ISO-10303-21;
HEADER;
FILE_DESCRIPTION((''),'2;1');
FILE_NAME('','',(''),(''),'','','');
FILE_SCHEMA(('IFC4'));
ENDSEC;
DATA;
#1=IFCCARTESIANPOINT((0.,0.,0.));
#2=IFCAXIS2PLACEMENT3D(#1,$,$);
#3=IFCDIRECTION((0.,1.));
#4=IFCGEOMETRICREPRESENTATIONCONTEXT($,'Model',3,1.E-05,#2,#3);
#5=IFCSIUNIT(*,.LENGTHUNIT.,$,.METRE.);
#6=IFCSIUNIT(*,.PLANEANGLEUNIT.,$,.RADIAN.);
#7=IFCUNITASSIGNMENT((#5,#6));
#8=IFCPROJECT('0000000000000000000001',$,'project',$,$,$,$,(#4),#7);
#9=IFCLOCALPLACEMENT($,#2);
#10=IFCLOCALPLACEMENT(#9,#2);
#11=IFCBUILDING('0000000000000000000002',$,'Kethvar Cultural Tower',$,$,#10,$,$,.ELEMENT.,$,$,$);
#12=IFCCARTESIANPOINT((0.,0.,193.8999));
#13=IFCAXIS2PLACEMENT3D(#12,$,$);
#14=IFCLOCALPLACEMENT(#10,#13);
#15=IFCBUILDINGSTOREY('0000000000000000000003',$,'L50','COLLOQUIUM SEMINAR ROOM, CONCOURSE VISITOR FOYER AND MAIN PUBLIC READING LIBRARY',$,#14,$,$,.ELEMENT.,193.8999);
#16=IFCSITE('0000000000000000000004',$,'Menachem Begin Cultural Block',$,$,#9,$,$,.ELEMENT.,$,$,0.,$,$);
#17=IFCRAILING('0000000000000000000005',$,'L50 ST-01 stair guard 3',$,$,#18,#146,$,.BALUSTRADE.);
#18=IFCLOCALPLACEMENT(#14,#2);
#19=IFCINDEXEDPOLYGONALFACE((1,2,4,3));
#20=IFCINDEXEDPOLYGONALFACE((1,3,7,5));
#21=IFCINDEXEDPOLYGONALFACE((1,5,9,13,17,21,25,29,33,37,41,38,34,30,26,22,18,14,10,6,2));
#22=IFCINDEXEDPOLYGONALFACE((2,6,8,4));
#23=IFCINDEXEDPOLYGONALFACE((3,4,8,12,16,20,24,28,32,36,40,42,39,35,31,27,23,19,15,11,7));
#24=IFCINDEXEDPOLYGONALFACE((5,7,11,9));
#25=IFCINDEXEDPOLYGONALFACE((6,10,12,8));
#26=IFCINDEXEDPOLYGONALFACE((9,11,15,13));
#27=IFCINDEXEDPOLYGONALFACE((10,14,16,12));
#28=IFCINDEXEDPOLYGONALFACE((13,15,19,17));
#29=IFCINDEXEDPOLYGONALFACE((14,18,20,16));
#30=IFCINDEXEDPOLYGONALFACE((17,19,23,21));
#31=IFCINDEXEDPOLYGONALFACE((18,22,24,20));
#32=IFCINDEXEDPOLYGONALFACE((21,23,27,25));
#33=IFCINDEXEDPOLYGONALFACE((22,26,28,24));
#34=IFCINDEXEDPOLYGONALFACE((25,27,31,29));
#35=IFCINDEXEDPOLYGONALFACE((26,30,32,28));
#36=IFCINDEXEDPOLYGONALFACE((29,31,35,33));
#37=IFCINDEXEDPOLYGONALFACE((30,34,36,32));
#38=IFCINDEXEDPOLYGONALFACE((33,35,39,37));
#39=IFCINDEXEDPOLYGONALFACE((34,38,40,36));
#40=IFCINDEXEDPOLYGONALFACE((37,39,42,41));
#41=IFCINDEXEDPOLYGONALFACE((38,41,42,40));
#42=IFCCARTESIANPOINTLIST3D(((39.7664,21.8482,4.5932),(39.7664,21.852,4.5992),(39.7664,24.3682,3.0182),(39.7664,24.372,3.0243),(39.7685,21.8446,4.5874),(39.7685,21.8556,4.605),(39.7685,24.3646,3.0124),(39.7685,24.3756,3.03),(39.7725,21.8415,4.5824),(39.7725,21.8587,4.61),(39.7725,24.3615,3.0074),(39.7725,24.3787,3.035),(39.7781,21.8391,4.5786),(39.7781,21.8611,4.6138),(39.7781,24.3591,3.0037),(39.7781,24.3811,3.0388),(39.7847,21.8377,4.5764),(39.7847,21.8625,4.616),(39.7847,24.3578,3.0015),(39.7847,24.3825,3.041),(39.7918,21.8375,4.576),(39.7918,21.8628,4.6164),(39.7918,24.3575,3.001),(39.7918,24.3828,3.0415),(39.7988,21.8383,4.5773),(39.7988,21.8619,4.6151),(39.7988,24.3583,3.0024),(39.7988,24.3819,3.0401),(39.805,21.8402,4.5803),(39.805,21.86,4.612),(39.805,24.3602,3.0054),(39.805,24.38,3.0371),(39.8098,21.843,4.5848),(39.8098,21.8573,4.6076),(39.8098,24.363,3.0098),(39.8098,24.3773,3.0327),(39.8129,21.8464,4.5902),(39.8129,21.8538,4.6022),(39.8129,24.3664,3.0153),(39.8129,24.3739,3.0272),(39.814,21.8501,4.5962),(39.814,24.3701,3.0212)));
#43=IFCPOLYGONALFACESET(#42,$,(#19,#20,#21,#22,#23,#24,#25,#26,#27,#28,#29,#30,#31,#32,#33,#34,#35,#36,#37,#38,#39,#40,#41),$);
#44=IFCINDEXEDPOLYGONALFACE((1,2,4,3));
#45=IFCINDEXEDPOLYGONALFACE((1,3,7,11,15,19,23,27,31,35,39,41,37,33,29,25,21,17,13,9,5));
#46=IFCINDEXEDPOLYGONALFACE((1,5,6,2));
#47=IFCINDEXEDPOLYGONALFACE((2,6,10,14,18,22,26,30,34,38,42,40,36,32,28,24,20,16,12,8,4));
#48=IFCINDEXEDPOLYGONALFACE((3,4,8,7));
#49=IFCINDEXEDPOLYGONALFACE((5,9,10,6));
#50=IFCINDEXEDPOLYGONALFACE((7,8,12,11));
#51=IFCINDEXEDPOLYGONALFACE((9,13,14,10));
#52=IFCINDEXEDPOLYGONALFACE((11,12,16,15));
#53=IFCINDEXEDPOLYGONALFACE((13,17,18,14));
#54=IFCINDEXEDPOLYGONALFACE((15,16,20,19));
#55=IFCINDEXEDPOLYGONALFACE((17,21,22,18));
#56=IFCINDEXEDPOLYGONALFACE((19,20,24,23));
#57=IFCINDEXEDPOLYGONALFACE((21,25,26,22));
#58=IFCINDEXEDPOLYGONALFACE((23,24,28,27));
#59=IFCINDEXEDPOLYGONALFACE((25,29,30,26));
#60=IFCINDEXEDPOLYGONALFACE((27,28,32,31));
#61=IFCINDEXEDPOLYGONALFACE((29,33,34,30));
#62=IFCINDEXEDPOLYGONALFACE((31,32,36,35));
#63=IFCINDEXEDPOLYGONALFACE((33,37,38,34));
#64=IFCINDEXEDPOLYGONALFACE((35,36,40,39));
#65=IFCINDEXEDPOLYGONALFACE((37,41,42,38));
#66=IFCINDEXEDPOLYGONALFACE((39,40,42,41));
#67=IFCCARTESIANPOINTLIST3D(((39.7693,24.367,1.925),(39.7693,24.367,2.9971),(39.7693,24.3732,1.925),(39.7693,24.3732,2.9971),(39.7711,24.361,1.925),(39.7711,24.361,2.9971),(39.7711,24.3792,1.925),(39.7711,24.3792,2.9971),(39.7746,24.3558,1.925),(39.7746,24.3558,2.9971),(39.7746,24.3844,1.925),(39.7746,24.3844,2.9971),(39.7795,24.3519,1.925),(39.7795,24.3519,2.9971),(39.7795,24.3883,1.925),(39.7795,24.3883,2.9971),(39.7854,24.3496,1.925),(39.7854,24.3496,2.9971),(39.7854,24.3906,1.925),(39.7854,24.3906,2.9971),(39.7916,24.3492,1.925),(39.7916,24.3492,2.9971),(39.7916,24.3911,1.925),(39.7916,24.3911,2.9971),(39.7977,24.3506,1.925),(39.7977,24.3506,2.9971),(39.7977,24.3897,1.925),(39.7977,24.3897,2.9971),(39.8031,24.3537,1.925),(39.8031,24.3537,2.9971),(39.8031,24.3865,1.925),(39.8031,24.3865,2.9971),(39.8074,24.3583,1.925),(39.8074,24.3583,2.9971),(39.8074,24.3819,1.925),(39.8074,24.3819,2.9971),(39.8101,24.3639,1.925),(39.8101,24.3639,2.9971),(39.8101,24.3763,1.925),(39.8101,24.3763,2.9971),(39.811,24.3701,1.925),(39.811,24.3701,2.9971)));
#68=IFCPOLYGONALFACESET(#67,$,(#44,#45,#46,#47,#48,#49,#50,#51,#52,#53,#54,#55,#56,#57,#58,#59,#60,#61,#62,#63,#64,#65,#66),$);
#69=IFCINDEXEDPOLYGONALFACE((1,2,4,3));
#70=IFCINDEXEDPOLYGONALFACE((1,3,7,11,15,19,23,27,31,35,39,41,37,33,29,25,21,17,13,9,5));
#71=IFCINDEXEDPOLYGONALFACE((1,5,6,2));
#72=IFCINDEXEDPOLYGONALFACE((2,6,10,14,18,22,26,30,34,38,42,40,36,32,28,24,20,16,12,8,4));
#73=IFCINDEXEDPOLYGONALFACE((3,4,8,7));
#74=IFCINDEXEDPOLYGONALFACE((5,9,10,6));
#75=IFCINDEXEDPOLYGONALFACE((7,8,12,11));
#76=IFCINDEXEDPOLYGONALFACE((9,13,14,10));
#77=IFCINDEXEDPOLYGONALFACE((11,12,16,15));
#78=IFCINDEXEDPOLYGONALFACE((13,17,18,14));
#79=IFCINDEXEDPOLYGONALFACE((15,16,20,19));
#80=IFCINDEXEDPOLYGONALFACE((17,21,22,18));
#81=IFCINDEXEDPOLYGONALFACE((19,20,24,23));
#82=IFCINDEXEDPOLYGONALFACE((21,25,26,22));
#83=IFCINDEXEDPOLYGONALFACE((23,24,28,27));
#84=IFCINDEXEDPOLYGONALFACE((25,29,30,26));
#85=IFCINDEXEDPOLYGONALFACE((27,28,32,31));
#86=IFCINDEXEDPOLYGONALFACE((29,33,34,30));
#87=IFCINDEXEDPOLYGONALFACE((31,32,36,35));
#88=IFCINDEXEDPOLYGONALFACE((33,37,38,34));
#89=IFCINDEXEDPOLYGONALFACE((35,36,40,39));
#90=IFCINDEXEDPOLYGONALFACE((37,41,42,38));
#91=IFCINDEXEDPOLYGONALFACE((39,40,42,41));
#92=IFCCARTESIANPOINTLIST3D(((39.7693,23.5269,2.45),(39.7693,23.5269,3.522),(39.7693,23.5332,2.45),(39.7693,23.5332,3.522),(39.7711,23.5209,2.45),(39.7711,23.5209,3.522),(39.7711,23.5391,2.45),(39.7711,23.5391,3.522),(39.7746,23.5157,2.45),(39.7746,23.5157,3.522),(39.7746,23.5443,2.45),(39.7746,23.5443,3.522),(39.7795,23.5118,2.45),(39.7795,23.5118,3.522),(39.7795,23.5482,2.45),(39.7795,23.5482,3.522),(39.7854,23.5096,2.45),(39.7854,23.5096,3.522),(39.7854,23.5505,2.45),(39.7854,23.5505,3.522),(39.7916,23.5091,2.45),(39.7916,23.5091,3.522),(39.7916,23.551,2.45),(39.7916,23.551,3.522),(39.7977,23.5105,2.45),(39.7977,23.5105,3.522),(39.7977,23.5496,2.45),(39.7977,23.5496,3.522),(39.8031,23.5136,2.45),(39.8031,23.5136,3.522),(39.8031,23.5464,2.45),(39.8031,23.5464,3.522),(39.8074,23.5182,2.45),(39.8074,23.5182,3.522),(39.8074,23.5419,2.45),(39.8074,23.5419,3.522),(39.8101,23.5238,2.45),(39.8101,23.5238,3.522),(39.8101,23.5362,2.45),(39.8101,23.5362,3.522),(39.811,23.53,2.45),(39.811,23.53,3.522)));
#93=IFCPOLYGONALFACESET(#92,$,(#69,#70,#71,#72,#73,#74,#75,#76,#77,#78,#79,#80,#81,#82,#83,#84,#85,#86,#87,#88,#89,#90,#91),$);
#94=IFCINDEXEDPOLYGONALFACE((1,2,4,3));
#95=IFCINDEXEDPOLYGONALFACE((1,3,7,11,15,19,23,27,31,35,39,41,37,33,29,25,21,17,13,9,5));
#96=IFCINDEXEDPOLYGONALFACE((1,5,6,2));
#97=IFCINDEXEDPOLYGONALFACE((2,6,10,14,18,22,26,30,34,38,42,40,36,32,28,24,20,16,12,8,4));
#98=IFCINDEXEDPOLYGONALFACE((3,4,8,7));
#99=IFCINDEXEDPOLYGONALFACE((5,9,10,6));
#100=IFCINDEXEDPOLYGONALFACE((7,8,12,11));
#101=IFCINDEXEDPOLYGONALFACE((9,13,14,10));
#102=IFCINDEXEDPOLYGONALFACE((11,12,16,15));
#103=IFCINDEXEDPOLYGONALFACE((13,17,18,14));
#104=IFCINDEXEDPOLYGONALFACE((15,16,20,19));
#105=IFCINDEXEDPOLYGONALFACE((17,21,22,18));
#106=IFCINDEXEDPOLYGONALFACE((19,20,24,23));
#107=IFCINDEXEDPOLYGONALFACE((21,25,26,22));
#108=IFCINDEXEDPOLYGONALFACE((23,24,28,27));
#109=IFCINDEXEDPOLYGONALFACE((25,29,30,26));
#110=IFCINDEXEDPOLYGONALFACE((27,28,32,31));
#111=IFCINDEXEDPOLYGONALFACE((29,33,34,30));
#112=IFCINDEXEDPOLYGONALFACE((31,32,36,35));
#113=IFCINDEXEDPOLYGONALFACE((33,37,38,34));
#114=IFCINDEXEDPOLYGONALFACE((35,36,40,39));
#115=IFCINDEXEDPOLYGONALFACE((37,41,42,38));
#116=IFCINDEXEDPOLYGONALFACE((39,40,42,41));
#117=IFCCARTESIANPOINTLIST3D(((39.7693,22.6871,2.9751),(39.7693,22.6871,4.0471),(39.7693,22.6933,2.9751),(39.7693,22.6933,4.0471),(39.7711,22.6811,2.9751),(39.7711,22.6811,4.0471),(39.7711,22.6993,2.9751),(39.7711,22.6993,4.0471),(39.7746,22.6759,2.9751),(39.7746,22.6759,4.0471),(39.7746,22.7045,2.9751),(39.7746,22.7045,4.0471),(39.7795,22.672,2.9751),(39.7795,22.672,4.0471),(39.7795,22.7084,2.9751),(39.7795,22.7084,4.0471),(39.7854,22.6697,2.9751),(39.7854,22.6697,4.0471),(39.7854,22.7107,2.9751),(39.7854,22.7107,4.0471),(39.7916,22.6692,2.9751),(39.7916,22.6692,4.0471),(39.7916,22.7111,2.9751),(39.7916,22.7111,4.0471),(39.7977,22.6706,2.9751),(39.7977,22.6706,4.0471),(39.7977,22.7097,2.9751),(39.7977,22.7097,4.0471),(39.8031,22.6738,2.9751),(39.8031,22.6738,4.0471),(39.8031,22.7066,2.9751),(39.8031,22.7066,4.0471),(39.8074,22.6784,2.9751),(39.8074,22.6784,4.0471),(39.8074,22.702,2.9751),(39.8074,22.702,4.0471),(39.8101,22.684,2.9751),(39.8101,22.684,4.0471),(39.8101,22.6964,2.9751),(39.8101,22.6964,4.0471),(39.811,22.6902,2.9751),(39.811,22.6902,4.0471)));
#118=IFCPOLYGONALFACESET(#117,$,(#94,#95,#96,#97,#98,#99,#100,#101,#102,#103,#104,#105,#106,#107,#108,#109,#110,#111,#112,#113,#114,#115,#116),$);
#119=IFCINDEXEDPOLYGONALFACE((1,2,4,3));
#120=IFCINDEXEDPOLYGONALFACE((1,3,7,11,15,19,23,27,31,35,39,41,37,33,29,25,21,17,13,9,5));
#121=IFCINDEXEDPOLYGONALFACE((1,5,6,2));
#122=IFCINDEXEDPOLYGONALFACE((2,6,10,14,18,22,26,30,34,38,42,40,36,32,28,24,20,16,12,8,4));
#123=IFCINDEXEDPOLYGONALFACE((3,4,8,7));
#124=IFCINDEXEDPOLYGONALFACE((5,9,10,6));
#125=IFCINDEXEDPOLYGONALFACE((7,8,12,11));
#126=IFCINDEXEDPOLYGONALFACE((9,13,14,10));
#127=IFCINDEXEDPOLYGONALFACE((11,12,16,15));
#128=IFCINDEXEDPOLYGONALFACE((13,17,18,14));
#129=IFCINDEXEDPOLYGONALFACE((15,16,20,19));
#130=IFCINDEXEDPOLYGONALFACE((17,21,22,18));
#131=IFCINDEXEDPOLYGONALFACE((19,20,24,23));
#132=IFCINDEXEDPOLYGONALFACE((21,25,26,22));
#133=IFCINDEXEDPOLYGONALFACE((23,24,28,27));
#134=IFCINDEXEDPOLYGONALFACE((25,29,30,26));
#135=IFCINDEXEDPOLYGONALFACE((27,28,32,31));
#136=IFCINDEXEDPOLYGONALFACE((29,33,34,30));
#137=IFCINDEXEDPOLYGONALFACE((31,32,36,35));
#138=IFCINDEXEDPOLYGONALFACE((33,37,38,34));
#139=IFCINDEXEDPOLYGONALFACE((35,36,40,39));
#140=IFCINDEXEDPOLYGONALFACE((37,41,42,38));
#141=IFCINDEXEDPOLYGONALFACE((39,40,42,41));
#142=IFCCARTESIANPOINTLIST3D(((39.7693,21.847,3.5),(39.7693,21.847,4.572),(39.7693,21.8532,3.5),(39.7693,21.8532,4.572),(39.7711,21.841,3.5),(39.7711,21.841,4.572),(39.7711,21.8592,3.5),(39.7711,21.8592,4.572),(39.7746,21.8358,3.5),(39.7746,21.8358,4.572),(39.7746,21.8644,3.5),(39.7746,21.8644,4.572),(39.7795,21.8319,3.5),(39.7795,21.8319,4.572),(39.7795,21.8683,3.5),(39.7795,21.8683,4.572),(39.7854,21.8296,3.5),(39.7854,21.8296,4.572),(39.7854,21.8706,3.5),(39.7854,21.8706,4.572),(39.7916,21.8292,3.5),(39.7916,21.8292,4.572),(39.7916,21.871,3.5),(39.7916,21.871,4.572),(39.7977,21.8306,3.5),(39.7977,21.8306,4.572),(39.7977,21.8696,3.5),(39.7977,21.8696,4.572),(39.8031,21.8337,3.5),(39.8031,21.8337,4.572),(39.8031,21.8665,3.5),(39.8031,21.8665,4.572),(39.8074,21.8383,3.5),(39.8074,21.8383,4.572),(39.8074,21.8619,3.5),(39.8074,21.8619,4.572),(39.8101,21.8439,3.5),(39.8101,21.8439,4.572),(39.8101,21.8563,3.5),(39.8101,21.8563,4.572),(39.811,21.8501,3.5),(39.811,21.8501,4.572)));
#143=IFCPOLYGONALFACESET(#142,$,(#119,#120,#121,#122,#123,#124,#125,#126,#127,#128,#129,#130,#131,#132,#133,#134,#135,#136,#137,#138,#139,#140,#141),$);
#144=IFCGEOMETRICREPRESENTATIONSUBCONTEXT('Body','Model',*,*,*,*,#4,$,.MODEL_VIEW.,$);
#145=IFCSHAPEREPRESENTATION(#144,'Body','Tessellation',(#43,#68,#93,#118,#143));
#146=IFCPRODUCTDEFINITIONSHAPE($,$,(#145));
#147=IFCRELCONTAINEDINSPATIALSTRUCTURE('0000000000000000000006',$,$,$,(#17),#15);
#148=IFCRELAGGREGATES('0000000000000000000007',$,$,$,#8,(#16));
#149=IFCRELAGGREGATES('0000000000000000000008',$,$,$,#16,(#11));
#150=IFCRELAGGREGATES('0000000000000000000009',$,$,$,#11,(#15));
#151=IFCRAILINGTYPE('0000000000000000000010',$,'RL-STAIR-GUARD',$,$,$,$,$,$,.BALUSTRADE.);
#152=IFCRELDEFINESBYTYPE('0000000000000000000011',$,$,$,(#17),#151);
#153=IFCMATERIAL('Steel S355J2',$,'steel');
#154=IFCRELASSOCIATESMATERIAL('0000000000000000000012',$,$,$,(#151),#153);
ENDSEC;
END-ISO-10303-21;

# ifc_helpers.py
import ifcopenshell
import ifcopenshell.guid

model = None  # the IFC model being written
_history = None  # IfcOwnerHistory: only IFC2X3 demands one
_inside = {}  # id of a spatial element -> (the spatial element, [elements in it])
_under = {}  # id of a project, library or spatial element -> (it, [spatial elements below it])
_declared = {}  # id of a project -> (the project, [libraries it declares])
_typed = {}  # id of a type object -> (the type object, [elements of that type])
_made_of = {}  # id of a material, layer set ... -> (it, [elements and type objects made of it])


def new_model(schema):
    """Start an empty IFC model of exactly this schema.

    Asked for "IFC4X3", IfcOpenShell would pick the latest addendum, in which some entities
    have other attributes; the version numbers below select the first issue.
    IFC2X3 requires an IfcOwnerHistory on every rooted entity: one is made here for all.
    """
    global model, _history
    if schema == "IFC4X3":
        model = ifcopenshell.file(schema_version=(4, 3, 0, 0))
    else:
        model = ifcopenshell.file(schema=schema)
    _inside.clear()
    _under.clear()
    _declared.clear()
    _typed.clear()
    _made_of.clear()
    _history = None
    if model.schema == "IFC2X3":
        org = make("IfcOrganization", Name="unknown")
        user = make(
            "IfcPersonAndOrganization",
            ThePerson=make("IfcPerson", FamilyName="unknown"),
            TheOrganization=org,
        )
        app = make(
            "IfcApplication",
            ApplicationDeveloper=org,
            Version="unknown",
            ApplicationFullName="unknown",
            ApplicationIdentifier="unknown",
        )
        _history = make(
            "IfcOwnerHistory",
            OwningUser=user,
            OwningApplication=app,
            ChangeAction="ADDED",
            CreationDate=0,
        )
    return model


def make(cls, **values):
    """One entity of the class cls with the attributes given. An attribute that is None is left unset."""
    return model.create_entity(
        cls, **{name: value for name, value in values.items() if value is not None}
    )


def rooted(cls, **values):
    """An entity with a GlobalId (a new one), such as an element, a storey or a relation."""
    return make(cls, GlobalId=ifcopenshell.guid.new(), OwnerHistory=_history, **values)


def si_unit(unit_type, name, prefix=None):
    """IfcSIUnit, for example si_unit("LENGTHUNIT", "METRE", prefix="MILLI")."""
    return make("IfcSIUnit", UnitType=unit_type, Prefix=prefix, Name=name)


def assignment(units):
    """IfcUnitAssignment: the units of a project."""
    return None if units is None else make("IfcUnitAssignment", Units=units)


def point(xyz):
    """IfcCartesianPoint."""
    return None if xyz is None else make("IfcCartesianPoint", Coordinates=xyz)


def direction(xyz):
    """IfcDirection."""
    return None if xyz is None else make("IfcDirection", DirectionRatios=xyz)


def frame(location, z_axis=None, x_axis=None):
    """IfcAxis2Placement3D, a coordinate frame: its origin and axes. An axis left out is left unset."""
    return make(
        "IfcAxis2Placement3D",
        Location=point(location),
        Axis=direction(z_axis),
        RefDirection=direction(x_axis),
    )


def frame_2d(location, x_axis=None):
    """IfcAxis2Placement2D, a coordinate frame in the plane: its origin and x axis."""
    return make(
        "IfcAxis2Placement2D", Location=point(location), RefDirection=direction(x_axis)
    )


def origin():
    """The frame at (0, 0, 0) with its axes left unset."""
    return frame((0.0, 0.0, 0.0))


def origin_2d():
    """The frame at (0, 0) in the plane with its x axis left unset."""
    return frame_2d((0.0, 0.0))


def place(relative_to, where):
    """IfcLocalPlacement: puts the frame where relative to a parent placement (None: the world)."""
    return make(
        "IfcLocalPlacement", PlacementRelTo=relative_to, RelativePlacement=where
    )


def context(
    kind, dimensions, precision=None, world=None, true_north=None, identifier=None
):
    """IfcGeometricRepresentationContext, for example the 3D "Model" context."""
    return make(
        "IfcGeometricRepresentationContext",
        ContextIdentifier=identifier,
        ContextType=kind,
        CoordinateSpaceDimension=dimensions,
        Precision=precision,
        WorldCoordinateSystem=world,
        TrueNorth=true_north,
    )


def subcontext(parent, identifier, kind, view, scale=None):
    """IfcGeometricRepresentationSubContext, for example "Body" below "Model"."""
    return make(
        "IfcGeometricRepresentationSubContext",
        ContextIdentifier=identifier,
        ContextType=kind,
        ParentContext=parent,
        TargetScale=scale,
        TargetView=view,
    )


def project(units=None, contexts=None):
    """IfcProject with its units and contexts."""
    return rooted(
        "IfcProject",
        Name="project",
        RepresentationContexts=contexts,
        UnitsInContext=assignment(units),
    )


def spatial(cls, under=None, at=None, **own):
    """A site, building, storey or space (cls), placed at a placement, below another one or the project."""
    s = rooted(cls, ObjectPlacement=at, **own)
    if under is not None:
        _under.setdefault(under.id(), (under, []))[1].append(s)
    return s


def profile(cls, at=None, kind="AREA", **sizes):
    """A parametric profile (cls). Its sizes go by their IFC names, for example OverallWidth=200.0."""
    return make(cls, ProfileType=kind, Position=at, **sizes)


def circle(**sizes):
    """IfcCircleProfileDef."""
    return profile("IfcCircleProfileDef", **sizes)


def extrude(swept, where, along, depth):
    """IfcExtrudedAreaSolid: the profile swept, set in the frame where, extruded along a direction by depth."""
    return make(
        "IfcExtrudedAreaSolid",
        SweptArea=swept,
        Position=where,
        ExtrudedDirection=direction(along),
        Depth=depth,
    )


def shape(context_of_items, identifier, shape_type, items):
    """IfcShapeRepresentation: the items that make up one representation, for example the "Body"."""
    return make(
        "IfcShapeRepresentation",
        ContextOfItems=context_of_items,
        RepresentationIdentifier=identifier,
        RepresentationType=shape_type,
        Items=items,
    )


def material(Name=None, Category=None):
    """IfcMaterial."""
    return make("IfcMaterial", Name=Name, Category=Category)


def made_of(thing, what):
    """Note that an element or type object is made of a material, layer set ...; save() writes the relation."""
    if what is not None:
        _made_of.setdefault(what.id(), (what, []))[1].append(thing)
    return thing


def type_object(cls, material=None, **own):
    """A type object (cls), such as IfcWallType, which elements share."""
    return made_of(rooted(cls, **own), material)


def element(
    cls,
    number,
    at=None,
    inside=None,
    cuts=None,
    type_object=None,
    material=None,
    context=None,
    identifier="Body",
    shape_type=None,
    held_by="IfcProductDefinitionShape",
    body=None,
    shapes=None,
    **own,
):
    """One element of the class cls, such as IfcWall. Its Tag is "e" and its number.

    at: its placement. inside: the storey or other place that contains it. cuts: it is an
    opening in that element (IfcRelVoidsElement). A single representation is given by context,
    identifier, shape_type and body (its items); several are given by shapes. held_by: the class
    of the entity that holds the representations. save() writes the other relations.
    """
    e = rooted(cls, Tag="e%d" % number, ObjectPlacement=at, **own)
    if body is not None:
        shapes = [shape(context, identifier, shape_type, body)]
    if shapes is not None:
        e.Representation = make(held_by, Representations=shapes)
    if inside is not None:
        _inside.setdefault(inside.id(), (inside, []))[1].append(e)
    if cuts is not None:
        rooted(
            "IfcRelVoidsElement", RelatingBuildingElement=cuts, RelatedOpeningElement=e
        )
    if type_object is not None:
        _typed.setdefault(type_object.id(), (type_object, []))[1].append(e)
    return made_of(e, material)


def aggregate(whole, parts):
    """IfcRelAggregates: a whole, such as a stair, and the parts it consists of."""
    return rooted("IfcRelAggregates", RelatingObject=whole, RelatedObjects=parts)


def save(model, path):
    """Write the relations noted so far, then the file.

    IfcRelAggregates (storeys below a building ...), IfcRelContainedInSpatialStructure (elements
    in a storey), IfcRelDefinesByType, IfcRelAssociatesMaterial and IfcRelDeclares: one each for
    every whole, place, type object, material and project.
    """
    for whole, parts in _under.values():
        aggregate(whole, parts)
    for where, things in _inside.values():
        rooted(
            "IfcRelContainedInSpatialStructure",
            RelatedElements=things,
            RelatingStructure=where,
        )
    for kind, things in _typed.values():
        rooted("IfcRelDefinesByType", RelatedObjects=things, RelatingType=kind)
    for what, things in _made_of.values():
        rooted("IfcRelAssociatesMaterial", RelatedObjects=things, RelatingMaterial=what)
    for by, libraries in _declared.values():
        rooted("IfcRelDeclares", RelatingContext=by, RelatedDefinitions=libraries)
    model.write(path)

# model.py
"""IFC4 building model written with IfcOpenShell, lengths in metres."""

from ifc_helpers import new_model, si_unit, direction, frame, origin, origin_2d, place, context, subcontext, project, spatial, circle, extrude, material, type_object, element, save


model = new_model("IFC4")

# Units and contexts
model_context = context("Model", 3, precision=1e-05, world=origin(), true_north=direction((0.0, 1.0)))
body_context = subcontext(model_context, "Body", "Model", "MODEL_VIEW")
ifc_project = project(units=[si_unit("LENGTHUNIT", "METRE"), si_unit("PLANEANGLEUNIT", "RADIAN")], contexts=[model_context])

# Site, building, storey
site_placement = place(None, origin())
site = spatial("IfcSite", under=ifc_project, at=site_placement, Name="Menachem Begin Cultural Block", CompositionType="ELEMENT", RefElevation=0.0)
building_placement = place(site_placement, origin())
building = spatial("IfcBuilding", under=site, at=building_placement, Name="Kethvar Cultural Tower", CompositionType="ELEMENT")
storey_placement = place(building_placement, frame((0.0, 0.0, 193.8999)))
storey = spatial("IfcBuildingStorey", under=building, at=storey_placement, Name="L50", Description="COLLOQUIUM SEMINAR ROOM, CONCOURSE VISITOR FOYER AND MAIN PUBLIC READING LIBRARY", CompositionType="ELEMENT", Elevation=193.8999)

# Shared definitions
ifc_material_1 = material(Name="Steel S355J2", Category="steel")

# Railing
railing_type = type_object("IfcRailingType", Name="RL-STAIR-GUARD", PredefinedType="BALUSTRADE", material=ifc_material_1)
railing_1_placement = place(storey_placement, frame((39.79, 24.3701, 1.925)))
element("IfcRailing", 1, at=railing_1_placement, inside=storey, type_object=railing_type, Name="L50 ST-01 stair guard 3", PredefinedType="BALUSTRADE", context=body_context, shape_type="SweptSolid", body=[
    extrude(circle(Radius=0.0239, at=origin_2d()), frame((0.0, 0.0, 1.0962), z_axis=(0.0, -0.848008, 0.529984), x_axis=(1.0, 0.0, 0.0)), (0.0, 0.0, 1.0), 2.9717),
    extrude(circle(Radius=0.021, at=origin_2d()), origin(), (0.0, 0.0, 1.0), 1.072),
    extrude(circle(Radius=0.021, at=origin_2d()), frame((0.0, -0.8401, 0.5249)), (0.0, 0.0, 1.0), 1.072),
    extrude(circle(Radius=0.021, at=origin_2d()), frame((0.0, -1.6799, 1.05)), (0.0, 0.0, 1.0), 1.072),
    extrude(circle(Radius=0.021, at=origin_2d()), frame((0.0, -2.52, 1.575)), (0.0, 0.0, 1.0), 1.072),
])

save(model, "model.ifc")
